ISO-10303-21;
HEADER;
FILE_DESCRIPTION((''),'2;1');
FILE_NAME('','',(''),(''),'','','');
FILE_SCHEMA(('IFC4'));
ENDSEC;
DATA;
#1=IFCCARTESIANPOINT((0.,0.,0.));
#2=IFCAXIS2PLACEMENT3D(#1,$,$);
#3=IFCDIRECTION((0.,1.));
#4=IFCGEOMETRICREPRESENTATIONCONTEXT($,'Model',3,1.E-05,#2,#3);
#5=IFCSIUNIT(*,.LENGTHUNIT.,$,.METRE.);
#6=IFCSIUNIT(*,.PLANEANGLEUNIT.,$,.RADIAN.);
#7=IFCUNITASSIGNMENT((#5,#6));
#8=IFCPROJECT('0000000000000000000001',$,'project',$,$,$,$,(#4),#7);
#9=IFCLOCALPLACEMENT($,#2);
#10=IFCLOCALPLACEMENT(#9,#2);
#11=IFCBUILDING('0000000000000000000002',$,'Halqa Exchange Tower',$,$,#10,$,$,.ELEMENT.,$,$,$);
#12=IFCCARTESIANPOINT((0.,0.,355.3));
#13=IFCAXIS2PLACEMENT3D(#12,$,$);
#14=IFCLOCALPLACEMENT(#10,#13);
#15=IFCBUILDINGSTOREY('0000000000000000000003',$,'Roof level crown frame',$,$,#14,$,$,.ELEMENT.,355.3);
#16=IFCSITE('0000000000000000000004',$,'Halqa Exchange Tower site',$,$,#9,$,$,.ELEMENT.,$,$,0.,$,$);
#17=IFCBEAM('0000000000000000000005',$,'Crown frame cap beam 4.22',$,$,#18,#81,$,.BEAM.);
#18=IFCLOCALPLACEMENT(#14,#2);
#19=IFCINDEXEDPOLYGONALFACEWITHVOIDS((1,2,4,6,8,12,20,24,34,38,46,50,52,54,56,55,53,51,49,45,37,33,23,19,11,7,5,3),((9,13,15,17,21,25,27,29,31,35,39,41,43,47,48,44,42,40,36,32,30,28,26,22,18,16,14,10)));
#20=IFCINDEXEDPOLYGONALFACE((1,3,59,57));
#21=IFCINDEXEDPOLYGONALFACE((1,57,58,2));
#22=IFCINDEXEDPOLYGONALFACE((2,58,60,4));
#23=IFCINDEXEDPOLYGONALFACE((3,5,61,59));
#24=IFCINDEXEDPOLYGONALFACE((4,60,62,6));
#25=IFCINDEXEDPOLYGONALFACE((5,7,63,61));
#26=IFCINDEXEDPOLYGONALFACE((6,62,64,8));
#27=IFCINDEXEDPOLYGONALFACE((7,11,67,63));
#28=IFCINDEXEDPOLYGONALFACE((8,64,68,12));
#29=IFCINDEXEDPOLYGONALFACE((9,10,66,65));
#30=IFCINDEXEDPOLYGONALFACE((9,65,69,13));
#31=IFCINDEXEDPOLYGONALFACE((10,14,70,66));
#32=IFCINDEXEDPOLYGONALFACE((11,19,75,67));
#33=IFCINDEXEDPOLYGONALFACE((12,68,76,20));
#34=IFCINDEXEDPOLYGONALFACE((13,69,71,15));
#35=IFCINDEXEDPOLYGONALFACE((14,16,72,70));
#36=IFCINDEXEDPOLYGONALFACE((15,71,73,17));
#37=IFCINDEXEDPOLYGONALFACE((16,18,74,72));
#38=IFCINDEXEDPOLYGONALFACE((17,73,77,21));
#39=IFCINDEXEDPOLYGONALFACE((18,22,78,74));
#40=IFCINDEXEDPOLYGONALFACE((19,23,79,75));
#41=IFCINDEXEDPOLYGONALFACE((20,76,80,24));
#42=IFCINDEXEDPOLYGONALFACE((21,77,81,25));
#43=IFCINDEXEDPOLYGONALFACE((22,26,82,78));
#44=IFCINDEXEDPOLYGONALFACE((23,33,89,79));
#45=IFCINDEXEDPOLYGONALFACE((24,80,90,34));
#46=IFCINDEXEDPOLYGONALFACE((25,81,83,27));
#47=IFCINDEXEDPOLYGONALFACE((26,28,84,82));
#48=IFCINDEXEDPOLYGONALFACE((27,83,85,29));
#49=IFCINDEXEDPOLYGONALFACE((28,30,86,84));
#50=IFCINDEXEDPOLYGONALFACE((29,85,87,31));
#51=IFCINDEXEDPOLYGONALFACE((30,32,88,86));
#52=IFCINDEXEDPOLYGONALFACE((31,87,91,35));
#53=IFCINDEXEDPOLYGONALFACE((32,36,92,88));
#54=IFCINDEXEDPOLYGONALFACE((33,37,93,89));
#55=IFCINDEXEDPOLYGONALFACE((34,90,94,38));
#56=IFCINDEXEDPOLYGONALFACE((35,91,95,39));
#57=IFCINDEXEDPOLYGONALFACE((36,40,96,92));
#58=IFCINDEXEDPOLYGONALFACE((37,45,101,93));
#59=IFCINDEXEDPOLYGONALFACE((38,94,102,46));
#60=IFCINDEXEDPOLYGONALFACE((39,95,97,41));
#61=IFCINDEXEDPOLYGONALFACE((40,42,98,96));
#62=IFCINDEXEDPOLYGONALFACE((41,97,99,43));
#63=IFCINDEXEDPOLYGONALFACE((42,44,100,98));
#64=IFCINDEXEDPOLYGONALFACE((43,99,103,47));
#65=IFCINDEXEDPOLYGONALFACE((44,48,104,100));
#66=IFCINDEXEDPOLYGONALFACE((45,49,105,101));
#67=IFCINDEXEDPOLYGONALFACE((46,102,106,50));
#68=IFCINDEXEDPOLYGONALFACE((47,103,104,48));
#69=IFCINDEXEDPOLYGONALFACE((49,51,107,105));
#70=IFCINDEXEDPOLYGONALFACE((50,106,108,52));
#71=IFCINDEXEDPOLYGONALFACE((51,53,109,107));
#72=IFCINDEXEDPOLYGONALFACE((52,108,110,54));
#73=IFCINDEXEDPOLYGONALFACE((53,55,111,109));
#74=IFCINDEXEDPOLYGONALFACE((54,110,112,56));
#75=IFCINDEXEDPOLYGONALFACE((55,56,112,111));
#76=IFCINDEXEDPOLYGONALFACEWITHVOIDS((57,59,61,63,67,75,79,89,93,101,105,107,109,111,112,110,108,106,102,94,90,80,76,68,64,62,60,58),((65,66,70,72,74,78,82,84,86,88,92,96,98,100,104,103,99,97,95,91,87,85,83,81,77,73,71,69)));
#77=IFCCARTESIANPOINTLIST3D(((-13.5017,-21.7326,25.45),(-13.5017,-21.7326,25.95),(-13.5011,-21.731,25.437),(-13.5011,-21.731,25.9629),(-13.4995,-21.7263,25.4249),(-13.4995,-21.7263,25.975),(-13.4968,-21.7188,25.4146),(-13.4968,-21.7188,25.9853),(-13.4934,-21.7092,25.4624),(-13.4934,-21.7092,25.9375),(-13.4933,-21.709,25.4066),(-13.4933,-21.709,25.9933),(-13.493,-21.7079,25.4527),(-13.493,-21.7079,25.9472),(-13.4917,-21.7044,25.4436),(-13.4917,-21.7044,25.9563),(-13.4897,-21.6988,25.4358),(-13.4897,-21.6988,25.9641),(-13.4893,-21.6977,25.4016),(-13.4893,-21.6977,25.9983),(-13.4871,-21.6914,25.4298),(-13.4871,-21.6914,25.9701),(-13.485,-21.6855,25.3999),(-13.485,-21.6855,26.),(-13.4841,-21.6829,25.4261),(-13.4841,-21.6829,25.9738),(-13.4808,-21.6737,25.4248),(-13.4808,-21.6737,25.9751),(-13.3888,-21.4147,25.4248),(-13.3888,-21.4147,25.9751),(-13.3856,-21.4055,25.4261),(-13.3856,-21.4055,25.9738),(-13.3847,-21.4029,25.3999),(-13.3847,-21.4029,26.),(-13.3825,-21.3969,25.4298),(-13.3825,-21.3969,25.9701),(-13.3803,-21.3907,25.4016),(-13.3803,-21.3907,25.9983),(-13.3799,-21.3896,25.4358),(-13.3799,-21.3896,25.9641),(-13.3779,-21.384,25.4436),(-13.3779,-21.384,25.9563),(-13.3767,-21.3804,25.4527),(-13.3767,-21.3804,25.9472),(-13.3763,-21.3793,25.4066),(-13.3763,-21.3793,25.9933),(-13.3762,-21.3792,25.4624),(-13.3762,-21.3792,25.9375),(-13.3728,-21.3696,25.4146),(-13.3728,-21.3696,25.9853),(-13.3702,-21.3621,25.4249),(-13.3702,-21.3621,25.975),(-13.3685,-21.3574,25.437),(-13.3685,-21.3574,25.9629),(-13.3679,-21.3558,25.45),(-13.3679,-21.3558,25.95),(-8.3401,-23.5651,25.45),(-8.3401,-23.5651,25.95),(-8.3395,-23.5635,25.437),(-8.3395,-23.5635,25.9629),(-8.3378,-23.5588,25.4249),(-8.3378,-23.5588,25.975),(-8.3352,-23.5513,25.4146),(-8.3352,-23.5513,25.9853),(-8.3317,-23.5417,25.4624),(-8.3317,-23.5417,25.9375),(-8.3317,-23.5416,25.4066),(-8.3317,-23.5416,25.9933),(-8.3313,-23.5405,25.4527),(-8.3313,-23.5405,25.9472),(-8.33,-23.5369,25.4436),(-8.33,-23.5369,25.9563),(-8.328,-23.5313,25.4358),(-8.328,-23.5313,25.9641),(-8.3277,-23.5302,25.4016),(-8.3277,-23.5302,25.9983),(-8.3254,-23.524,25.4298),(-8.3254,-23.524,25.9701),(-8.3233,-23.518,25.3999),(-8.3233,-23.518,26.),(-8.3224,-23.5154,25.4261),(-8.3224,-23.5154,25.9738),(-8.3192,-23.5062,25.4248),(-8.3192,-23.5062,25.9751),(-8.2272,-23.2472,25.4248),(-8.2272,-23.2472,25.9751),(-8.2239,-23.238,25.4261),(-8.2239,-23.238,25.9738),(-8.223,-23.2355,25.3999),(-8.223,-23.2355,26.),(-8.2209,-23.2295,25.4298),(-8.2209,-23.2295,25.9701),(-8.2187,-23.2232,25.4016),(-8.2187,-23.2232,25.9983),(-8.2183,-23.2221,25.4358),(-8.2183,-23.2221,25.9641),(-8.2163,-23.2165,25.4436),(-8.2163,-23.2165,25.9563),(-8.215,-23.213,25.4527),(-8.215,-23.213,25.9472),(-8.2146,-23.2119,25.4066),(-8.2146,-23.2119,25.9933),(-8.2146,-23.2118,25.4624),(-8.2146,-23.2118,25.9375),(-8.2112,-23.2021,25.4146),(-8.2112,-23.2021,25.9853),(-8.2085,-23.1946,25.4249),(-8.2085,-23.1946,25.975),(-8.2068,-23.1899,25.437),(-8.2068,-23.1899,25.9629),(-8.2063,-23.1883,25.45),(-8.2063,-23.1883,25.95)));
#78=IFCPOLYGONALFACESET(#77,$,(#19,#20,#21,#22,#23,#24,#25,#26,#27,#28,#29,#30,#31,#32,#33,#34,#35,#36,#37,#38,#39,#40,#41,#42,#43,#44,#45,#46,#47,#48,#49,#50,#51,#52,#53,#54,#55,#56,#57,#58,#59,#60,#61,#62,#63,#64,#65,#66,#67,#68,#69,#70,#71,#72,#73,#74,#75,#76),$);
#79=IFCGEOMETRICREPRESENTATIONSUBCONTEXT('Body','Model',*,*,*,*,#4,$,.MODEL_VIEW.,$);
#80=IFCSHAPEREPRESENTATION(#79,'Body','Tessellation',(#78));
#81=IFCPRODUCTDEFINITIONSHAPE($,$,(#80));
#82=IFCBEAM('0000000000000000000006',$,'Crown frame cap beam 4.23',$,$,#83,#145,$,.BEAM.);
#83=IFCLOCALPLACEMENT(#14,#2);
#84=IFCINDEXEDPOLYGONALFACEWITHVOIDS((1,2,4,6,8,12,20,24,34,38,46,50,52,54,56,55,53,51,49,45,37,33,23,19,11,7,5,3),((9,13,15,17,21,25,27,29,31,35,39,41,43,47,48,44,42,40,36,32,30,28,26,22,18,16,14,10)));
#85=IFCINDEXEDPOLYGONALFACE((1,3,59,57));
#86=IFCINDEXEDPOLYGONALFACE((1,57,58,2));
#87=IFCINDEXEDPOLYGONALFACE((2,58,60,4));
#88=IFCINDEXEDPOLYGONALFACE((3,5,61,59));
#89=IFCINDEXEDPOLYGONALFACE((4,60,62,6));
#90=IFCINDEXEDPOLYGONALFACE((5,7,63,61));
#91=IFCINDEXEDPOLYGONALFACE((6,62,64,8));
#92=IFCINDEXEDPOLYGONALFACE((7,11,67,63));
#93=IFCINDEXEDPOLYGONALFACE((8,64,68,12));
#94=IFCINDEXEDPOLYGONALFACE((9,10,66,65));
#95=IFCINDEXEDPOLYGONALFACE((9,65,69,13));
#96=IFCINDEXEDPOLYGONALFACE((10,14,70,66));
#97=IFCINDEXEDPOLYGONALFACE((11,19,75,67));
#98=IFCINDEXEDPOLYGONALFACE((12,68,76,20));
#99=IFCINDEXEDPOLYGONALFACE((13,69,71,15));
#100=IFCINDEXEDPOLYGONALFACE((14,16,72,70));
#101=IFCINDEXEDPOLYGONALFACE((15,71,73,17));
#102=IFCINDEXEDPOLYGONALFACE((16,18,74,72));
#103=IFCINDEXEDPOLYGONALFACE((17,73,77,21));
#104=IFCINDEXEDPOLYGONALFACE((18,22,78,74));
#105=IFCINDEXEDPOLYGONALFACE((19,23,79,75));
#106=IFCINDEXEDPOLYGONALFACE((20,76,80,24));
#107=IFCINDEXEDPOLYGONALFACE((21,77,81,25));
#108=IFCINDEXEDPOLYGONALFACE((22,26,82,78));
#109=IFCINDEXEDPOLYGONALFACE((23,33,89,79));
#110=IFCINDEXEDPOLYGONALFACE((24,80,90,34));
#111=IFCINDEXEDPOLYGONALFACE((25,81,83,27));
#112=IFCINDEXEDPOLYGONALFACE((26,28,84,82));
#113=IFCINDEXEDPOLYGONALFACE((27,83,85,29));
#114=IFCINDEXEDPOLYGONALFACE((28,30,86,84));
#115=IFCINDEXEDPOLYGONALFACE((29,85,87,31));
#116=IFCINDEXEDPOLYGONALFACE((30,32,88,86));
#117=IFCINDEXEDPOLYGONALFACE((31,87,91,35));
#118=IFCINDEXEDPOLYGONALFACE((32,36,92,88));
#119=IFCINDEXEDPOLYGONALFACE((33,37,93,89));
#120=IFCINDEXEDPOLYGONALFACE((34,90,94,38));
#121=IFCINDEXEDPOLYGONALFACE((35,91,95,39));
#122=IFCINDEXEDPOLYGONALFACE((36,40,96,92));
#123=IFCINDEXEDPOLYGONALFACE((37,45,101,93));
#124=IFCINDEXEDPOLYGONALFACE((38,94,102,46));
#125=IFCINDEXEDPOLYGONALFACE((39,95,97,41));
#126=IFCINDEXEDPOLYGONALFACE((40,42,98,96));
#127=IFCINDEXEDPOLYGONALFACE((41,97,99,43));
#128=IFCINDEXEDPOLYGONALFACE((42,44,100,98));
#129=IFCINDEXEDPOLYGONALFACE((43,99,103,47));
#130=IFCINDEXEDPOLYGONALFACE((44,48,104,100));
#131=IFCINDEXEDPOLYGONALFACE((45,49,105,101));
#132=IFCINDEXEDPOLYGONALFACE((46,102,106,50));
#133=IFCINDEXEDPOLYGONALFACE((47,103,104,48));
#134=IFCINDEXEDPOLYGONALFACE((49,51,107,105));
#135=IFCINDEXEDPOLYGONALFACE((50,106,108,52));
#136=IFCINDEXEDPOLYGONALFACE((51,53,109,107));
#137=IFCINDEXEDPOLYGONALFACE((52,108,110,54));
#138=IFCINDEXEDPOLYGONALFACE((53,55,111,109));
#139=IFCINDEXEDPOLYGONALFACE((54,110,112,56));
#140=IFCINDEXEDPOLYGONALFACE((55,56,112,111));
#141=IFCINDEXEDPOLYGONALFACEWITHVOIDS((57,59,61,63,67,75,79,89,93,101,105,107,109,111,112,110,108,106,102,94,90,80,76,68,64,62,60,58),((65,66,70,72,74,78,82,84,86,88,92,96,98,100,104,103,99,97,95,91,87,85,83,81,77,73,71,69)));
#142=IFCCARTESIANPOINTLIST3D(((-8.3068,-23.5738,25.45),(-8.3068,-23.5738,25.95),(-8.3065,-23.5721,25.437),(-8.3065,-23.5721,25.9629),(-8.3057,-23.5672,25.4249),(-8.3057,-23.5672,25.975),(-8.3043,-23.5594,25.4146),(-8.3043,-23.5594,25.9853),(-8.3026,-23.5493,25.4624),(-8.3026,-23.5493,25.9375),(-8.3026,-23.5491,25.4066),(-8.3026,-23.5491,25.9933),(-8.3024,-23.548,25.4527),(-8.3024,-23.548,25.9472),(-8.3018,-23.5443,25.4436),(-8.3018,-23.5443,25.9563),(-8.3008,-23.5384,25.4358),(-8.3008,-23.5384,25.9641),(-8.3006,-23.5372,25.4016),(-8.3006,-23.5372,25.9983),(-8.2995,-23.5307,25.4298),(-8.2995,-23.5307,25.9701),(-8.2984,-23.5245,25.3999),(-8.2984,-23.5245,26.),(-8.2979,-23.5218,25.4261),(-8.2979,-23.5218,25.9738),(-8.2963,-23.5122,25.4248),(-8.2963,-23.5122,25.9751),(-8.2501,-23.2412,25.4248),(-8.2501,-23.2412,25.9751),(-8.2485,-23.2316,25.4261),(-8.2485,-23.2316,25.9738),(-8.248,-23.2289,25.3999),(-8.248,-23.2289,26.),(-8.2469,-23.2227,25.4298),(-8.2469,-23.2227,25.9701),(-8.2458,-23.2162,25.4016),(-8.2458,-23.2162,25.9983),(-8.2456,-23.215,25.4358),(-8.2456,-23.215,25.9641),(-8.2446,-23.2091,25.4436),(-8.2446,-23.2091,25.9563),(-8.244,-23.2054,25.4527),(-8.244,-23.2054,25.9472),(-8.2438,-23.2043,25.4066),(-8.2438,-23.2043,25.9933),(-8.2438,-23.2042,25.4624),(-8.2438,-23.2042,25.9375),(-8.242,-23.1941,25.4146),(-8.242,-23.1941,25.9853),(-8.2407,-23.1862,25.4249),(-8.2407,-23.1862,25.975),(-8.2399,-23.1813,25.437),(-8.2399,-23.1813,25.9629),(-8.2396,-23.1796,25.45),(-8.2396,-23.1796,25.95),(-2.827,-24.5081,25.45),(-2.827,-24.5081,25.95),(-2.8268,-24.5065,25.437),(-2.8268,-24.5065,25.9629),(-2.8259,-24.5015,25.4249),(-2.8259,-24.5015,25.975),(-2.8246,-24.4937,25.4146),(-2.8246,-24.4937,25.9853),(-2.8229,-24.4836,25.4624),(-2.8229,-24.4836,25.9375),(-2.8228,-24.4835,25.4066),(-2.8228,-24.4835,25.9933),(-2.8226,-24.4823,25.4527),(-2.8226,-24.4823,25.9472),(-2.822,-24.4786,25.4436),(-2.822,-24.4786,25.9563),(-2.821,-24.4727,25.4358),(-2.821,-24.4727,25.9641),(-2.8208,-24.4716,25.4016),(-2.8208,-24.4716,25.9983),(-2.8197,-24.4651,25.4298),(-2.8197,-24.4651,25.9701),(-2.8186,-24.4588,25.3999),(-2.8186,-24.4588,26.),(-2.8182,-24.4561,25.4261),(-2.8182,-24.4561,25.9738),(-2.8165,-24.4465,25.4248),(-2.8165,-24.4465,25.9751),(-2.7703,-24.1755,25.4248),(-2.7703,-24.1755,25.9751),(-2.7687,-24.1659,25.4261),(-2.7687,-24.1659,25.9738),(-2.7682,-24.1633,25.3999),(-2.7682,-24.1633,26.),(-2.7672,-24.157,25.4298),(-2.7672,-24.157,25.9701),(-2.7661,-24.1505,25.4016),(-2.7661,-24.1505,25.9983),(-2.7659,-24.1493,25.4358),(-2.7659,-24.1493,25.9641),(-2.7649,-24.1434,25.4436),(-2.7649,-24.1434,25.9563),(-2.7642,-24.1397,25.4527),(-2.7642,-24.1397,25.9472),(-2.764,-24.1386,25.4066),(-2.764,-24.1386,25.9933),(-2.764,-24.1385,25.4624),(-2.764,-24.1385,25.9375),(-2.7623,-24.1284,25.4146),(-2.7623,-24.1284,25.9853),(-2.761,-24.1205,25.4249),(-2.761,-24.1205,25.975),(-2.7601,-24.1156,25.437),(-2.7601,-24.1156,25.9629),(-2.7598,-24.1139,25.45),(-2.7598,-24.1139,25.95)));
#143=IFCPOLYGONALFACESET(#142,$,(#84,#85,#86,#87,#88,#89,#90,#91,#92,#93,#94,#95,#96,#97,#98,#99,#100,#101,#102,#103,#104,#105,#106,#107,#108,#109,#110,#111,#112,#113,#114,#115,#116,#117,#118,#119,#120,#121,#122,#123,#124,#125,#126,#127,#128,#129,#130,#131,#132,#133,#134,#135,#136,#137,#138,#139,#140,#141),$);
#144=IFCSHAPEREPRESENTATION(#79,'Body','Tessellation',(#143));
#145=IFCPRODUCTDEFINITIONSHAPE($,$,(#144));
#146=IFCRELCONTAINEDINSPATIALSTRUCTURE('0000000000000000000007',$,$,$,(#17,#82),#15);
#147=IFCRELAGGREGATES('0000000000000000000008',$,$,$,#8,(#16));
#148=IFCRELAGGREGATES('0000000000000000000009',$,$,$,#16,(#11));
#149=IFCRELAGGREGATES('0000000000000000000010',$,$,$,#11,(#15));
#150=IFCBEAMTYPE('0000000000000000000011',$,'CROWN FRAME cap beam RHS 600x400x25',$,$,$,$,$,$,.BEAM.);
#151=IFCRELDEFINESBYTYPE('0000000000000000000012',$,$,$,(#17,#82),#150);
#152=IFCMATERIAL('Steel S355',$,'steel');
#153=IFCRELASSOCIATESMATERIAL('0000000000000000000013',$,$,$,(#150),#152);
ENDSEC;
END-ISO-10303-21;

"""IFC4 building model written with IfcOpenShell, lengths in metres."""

from ifc_helpers import new_model, si_unit, direction, frame, origin, origin_2d, place, context, subcontext, project, spatial, hollow_rectangle, extrude, material, material_profile, profile_set, type_object, element, save


model = new_model("IFC4")

# Units and contexts
model_context = context("Model", 3, precision=1e-05, world=origin(), true_north=direction((0.0, 1.0)))
body_context = subcontext(model_context, "Body", "Model", "MODEL_VIEW")
ifc_project = project(units=[si_unit("LENGTHUNIT", "METRE"), si_unit("PLANEANGLEUNIT", "RADIAN")], contexts=[model_context])

# Site, building, storey
site_placement = place(None, origin())
site = spatial("IfcSite", under=ifc_project, at=site_placement, Name="Halqa Exchange Tower site", CompositionType="ELEMENT", RefElevation=0.0)
building_placement = place(site_placement, origin())
building = spatial("IfcBuilding", under=site, at=building_placement, Name="Halqa Exchange Tower", CompositionType="ELEMENT")
storey_placement = place(building_placement, frame((0.0, 0.0, 355.3)))
storey = spatial("IfcBuildingStorey", under=building, at=storey_placement, Name="Roof level crown frame", CompositionType="ELEMENT", Elevation=355.3)

# Shared definitions
ifc_material_1 = material(Name="Steel S355", Category="steel")

# Beams
ifc_material_profile_1 = material_profile(ifc_material_1, hollow_rectangle(XDim=0.3999, YDim=0.6001, WallThickness=0.0249, InnerFilletRadius=0.0376, OuterFilletRadius=0.05, at=origin_2d()), Name="RHS 600x400x25")
ifc_profile_set_1 = profile_set([ifc_material_profile_1], Name="Steel S355")
beam_type_1 = type_object("IfcBeamType", Name="CROWN FRAME cap beam RHS 600x400x25", PredefinedType="BEAM", material=ifc_profile_set_1)
beam_1_placement = place(storey_placement, frame((-13.4348, -21.5442, 25.7), z_axis=(0.942372, -0.334568, 0.0), x_axis=(0.334568, 0.942372, 0.0)))
element("IfcBeam", 1, at=beam_1_placement, inside=storey, type_object=beam_type_1, Name="Crown frame cap beam 4.22", PredefinedType="BEAM", context=body_context, shape_type="SweptSolid", body=[
    extrude(hollow_rectangle(XDim=0.3999, YDim=0.6001, WallThickness=0.0249, InnerFilletRadius=0.0376, OuterFilletRadius=0.05, at=origin_2d()), origin(), (0.0, 0.0, 1.0), 5.4773),
])
beam_2_placement = place(storey_placement, frame((-8.2732, -23.3767, 25.7), z_axis=(0.985773, -0.16808, 0.0), x_axis=(0.16808, 0.985773, 0.0)))
element("IfcBeam", 2, at=beam_2_placement, inside=storey, type_object=beam_type_1, Name="Crown frame cap beam 4.23", PredefinedType="BEAM", context=body_context, shape_type="SweptSolid", body=[
    extrude(hollow_rectangle(XDim=0.3999, YDim=0.6001, WallThickness=0.0249, InnerFilletRadius=0.0376, OuterFilletRadius=0.05, at=origin_2d()), origin(), (0.0, 0.0, 1.0), 5.5588),
])

save(model, "model.ifc")
